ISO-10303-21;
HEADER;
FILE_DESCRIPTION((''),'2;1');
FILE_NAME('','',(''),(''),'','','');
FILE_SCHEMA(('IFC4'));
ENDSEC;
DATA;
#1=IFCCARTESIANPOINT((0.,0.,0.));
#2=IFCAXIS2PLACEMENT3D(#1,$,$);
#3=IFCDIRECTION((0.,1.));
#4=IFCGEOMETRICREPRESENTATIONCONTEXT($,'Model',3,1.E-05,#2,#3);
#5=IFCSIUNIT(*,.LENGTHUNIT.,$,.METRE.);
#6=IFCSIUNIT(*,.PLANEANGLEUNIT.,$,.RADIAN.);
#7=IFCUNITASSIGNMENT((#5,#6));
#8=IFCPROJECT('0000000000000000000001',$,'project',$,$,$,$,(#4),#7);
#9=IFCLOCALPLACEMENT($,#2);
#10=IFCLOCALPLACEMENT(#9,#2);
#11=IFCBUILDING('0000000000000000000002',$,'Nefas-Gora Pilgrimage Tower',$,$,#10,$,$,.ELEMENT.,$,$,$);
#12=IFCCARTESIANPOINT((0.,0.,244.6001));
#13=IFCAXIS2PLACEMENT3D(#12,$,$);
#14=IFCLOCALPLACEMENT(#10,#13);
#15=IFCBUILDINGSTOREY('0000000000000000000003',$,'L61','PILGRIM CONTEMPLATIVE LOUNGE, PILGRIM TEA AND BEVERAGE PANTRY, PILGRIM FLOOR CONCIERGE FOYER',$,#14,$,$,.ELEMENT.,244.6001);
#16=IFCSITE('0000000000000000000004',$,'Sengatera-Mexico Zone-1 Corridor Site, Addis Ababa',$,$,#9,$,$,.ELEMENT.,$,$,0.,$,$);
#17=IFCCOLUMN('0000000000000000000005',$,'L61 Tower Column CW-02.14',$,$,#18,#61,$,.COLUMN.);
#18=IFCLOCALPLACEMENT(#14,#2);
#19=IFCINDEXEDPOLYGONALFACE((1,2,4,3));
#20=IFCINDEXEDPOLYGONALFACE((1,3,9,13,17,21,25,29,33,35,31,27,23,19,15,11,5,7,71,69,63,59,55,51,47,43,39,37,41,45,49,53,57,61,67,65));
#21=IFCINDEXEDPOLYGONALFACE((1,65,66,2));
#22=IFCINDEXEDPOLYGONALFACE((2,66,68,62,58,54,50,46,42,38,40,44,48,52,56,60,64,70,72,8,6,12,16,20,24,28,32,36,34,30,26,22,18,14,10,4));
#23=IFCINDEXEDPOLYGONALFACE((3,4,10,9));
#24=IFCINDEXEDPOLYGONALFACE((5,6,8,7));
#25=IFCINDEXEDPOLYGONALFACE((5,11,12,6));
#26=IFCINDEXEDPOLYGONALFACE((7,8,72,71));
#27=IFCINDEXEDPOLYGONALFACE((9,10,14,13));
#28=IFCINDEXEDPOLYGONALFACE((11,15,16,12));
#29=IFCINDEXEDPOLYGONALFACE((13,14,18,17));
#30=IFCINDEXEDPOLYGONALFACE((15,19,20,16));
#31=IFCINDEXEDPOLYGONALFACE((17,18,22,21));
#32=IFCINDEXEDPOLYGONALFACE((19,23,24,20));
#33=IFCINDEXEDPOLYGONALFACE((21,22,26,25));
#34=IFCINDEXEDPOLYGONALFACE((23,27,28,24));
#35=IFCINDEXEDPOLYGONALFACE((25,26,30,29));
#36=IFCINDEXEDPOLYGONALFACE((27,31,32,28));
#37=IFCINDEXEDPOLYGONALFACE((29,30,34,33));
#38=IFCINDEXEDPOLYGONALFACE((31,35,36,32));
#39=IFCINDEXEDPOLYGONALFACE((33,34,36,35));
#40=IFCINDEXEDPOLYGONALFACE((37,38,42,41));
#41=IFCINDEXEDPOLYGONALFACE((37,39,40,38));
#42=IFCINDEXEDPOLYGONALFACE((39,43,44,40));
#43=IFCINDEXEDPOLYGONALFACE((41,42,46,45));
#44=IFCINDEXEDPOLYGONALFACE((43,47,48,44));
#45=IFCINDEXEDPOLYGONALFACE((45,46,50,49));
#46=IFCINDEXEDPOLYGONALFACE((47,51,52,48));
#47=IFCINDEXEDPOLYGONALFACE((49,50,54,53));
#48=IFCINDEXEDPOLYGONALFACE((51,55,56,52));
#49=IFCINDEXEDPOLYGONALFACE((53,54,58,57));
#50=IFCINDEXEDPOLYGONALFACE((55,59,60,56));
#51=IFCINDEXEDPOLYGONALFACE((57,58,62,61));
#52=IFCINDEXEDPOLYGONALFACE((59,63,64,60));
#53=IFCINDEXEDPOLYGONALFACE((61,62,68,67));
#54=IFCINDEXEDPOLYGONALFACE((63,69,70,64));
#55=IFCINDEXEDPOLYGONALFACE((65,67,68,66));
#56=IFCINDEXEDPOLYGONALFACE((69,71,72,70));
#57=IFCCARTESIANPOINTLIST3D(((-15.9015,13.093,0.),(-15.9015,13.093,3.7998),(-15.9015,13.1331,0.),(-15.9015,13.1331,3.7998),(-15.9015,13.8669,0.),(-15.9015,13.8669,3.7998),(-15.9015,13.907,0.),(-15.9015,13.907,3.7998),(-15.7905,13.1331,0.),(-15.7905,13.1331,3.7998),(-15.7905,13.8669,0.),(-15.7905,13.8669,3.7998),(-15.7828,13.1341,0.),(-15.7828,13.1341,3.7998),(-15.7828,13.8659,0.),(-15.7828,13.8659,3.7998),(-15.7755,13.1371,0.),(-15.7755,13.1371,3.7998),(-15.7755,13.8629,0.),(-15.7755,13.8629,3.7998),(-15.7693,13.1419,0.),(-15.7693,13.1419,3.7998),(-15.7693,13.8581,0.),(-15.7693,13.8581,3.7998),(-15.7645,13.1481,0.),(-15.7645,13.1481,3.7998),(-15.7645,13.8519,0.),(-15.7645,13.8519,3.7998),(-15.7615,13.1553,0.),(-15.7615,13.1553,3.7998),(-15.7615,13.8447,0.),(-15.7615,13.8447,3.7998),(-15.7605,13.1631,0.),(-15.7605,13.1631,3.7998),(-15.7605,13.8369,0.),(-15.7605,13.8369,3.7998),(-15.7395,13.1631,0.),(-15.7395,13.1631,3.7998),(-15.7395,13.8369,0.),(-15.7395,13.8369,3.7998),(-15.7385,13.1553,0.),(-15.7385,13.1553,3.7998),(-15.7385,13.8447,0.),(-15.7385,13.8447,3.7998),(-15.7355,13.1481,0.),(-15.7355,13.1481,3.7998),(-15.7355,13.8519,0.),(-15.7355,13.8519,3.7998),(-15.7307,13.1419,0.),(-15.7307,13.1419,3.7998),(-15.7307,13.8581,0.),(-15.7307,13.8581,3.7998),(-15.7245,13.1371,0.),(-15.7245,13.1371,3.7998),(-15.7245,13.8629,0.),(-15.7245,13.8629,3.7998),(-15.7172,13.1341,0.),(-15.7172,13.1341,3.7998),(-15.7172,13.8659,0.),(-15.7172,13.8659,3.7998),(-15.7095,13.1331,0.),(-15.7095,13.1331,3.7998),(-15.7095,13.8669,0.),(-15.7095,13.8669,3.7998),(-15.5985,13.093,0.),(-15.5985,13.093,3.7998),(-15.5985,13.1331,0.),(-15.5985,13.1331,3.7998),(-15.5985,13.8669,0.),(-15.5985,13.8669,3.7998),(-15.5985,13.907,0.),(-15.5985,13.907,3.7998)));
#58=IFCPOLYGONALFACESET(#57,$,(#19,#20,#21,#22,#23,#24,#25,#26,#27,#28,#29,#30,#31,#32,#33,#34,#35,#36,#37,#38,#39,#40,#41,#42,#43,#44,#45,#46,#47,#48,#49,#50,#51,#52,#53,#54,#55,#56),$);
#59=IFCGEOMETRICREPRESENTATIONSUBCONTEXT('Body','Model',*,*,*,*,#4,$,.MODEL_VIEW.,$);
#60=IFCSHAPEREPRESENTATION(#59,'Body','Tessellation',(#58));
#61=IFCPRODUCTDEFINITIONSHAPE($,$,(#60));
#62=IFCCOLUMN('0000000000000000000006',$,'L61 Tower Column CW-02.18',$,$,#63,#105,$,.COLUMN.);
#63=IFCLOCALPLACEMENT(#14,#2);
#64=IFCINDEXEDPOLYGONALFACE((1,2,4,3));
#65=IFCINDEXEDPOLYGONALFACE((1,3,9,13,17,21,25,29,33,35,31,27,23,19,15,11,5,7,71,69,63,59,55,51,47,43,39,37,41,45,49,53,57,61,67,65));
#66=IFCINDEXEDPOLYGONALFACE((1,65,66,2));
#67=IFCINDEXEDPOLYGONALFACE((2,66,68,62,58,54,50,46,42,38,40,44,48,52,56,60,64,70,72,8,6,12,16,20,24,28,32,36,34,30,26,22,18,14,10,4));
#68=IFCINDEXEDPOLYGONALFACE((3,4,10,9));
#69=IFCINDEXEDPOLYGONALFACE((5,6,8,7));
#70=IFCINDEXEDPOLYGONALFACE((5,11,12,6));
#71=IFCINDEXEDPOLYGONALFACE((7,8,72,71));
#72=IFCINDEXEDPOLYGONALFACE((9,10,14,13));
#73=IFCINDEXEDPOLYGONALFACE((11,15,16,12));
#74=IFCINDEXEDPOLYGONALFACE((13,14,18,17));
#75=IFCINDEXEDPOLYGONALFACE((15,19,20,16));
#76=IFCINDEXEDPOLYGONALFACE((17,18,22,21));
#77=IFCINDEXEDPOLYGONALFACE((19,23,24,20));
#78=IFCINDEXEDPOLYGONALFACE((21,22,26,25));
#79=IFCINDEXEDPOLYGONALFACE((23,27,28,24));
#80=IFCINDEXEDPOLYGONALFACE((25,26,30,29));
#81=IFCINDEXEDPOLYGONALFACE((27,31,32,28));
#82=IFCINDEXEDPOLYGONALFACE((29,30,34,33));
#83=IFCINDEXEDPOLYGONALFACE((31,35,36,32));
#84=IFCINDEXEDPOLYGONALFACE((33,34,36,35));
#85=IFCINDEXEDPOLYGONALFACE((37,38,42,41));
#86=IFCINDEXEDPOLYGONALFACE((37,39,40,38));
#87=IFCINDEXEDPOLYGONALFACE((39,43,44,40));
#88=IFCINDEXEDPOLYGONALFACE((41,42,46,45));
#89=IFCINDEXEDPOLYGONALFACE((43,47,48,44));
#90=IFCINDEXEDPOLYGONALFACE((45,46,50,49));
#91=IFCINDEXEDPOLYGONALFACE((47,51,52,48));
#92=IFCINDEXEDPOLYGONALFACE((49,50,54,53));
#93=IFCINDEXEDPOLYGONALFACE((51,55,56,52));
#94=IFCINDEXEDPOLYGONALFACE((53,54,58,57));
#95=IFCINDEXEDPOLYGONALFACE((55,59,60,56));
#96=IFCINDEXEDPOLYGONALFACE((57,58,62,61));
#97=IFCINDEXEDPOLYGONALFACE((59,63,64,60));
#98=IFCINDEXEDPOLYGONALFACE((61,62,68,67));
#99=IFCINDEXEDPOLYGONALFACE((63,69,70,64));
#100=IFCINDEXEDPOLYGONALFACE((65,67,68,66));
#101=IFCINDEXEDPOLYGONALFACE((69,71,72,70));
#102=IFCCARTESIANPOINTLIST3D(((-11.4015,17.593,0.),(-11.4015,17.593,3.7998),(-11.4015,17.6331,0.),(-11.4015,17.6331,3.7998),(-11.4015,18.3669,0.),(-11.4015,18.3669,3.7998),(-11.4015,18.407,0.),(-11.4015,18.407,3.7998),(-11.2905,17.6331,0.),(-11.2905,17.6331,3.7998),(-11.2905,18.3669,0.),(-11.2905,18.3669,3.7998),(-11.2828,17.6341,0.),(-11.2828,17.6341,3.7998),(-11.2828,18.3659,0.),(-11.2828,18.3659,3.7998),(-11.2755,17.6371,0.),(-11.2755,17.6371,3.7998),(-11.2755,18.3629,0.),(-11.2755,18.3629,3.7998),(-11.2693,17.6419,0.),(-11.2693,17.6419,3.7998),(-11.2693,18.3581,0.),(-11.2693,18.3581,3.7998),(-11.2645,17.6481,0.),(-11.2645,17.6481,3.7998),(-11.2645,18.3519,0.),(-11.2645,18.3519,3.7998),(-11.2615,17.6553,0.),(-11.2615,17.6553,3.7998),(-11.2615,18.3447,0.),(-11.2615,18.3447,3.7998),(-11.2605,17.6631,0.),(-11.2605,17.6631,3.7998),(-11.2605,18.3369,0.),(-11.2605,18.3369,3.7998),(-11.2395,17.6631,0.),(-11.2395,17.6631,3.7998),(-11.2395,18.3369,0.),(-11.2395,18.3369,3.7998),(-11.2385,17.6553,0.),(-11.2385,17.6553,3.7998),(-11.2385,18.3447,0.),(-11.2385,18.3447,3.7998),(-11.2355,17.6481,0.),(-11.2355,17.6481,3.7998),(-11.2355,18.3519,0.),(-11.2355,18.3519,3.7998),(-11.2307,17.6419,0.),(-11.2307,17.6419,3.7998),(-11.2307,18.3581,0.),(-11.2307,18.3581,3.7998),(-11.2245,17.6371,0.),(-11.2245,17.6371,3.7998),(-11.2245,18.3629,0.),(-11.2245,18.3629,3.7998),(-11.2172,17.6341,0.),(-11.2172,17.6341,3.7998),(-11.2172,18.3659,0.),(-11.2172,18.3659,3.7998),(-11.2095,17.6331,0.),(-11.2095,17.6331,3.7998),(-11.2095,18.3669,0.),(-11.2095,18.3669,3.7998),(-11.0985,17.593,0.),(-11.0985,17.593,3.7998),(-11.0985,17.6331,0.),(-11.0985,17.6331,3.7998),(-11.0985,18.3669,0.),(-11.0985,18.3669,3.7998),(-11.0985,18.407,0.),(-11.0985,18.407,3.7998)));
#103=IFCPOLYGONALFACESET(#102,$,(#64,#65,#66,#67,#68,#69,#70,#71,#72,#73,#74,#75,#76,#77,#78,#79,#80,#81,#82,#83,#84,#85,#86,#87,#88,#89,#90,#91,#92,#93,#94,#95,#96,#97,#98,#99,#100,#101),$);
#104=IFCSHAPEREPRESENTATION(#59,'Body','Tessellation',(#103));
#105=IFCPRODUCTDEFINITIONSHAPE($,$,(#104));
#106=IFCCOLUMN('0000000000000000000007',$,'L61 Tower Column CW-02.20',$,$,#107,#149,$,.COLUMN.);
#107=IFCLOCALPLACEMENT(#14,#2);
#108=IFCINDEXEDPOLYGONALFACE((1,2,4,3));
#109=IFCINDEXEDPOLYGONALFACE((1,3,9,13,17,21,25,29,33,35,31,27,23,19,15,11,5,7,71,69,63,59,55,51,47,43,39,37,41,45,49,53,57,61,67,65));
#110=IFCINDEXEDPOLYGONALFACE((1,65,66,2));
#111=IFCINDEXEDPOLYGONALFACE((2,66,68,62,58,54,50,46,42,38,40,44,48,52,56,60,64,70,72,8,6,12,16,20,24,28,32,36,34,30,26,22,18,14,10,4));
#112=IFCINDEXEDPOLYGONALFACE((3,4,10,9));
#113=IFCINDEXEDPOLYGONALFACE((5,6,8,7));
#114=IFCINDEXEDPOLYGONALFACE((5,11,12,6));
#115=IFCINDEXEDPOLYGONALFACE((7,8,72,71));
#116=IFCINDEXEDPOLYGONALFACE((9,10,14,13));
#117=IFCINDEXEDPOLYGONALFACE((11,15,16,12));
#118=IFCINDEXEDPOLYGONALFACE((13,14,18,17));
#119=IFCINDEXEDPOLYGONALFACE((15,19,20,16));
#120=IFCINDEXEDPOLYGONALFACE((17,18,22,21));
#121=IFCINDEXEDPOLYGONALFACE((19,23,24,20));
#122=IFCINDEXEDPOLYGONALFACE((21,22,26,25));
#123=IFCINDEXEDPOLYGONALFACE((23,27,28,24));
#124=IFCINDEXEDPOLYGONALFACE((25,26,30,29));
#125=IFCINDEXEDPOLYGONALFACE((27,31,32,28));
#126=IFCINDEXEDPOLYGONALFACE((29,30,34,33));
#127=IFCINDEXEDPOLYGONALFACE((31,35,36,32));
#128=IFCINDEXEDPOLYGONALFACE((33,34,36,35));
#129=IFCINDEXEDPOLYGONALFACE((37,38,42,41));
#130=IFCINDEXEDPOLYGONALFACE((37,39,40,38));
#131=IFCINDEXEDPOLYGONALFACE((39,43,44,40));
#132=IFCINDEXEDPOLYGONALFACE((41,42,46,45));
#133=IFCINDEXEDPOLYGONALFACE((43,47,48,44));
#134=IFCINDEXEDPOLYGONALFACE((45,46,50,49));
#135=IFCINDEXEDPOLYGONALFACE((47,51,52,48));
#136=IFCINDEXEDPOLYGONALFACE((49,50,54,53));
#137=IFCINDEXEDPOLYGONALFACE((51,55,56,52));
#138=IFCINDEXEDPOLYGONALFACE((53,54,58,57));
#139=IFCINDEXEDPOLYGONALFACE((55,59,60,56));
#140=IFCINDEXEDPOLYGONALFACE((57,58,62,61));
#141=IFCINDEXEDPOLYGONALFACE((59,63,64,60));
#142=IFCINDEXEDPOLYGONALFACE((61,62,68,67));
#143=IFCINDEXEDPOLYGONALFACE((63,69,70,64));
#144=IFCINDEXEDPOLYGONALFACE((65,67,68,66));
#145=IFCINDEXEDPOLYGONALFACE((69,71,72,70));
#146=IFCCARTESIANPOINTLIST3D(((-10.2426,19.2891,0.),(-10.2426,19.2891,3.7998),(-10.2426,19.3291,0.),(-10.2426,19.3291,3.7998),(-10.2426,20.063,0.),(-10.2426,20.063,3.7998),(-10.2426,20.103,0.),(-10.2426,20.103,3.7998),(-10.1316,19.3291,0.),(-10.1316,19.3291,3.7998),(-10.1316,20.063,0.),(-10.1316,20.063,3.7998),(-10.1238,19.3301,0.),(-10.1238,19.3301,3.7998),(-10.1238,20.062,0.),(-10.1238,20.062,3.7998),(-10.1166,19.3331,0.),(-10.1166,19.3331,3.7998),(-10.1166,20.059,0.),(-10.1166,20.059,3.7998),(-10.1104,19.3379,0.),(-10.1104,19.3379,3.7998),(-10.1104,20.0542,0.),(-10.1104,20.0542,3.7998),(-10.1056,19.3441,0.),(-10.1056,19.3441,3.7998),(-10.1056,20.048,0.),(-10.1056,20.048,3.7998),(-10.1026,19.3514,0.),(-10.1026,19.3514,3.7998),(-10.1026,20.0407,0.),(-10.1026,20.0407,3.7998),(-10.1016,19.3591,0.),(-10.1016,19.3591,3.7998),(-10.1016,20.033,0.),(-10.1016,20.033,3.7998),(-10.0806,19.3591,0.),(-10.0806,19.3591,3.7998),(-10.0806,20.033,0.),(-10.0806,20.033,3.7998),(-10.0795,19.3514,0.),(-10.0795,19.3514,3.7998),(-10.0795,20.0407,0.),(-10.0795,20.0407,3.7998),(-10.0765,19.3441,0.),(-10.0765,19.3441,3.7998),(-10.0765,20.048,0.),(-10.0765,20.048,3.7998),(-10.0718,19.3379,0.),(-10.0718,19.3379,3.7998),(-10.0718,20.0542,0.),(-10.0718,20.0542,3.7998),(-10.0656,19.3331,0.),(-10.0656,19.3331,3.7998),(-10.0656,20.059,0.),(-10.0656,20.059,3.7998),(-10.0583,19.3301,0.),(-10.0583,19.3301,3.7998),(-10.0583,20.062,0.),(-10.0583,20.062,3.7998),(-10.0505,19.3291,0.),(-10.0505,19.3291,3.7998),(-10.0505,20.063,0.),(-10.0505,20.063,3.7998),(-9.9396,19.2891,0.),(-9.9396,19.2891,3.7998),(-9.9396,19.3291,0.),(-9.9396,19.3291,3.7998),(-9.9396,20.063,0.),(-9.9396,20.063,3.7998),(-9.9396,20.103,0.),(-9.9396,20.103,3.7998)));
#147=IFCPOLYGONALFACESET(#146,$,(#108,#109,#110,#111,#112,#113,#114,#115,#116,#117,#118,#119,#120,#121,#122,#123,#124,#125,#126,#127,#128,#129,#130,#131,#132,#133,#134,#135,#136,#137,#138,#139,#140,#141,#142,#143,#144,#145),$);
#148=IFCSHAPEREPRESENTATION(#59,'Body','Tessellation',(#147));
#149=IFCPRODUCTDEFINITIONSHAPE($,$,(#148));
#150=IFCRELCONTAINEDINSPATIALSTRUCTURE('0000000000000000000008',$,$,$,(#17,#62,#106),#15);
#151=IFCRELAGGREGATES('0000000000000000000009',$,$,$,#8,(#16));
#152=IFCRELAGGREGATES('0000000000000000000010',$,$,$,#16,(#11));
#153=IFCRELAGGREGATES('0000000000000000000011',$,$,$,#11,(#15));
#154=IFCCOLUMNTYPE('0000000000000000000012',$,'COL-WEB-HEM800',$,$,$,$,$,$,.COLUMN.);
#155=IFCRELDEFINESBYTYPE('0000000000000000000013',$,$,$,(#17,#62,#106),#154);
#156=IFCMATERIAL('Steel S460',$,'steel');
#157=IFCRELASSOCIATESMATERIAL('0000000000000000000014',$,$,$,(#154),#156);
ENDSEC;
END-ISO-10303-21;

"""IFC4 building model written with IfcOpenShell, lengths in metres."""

from ifc_helpers import new_model, si_unit, direction, frame, origin, origin_2d, place, context, subcontext, project, spatial, i_section, extrude, source, transform, mapped, material, material_profile, profile_set, type_object, element, save


model = new_model("IFC4")

# Units and contexts
model_context = context("Model", 3, precision=1e-05, world=origin(), true_north=direction((0.0, 1.0)))
body_context = subcontext(model_context, "Body", "Model", "MODEL_VIEW")
ifc_project = project(units=[si_unit("LENGTHUNIT", "METRE"), si_unit("PLANEANGLEUNIT", "RADIAN")], contexts=[model_context])

# Site, building, storey
site_placement = place(None, origin())
site = spatial("IfcSite", under=ifc_project, at=site_placement, Name="Sengatera-Mexico Zone-1 Corridor Site, Addis Ababa", CompositionType="ELEMENT", RefElevation=0.0)
building_placement = place(site_placement, origin())
building = spatial("IfcBuilding", under=site, at=building_placement, Name="Nefas-Gora Pilgrimage Tower", CompositionType="ELEMENT")
storey_placement = place(building_placement, frame((0.0, 0.0, 244.6001)))
storey = spatial("IfcBuildingStorey", under=building, at=storey_placement, Name="L61", Description="PILGRIM CONTEMPLATIVE LOUNGE, PILGRIM TEA AND BEVERAGE PANTRY, PILGRIM FLOOR CONCIERGE FOYER", CompositionType="ELEMENT", Elevation=244.6001)

# Columns
ifc_material_1 = material(Name="Steel S460", Category="steel")
ifc_material_profile_1 = material_profile(ifc_material_1, i_section(OverallWidth=0.303, OverallDepth=0.814, WebThickness=0.021, FlangeThickness=0.04, FilletRadius=0.03, at=origin_2d()), Name="HEM 800")
ifc_profile_set_1 = profile_set([ifc_material_profile_1], Name="Steel S460")
column_type_1 = type_object("IfcColumnType", Name="COL-WEB-HEM800", PredefinedType="COLUMN", material=ifc_profile_set_1)
shared_shape_1 = source(origin(), body_context, "Body", "SweptSolid", [
    extrude(i_section(OverallWidth=0.303, OverallDepth=0.814, WebThickness=0.021, FlangeThickness=0.04, FilletRadius=0.03, at=origin_2d()), origin(), (0.0, 0.0, 1.0), 3.7998),
])
for number, where, z_axis, x_axis, name in (
    (1, (-15.75, 13.5, 0.0), (0.0, 0.0, 1.0), (1.0, 0.0, 0.0), "L61 Tower Column CW-02.14"),
    (2, (-11.25, 18.0, 0.0), (0.0, 0.0, 1.0), (1.0, 0.0, 0.0), "L61 Tower Column CW-02.18"),
    (3, (-10.0911, 19.696, 0.0), (0.0, 0.0, 1.0), (1.0, 0.0, 0.0), "L61 Tower Column CW-02.20"),
):
    element("IfcColumn", number, at=place(storey_placement, frame(where, z_axis=z_axis, x_axis=x_axis)), inside=storey, type_object=column_type_1, Name=name, PredefinedType="COLUMN", context=body_context, shape_type="MappedRepresentation", body=[
        mapped(shared_shape_1, transform((0.0, 0.0, 0.0), x_axis=(1.0, 0.0, 0.0), y_axis=(0.0, 1.0, 0.0), z_axis=(0.0, 0.0, 1.0), scale=1.0)),
    ])

save(model, "model.ifc")
